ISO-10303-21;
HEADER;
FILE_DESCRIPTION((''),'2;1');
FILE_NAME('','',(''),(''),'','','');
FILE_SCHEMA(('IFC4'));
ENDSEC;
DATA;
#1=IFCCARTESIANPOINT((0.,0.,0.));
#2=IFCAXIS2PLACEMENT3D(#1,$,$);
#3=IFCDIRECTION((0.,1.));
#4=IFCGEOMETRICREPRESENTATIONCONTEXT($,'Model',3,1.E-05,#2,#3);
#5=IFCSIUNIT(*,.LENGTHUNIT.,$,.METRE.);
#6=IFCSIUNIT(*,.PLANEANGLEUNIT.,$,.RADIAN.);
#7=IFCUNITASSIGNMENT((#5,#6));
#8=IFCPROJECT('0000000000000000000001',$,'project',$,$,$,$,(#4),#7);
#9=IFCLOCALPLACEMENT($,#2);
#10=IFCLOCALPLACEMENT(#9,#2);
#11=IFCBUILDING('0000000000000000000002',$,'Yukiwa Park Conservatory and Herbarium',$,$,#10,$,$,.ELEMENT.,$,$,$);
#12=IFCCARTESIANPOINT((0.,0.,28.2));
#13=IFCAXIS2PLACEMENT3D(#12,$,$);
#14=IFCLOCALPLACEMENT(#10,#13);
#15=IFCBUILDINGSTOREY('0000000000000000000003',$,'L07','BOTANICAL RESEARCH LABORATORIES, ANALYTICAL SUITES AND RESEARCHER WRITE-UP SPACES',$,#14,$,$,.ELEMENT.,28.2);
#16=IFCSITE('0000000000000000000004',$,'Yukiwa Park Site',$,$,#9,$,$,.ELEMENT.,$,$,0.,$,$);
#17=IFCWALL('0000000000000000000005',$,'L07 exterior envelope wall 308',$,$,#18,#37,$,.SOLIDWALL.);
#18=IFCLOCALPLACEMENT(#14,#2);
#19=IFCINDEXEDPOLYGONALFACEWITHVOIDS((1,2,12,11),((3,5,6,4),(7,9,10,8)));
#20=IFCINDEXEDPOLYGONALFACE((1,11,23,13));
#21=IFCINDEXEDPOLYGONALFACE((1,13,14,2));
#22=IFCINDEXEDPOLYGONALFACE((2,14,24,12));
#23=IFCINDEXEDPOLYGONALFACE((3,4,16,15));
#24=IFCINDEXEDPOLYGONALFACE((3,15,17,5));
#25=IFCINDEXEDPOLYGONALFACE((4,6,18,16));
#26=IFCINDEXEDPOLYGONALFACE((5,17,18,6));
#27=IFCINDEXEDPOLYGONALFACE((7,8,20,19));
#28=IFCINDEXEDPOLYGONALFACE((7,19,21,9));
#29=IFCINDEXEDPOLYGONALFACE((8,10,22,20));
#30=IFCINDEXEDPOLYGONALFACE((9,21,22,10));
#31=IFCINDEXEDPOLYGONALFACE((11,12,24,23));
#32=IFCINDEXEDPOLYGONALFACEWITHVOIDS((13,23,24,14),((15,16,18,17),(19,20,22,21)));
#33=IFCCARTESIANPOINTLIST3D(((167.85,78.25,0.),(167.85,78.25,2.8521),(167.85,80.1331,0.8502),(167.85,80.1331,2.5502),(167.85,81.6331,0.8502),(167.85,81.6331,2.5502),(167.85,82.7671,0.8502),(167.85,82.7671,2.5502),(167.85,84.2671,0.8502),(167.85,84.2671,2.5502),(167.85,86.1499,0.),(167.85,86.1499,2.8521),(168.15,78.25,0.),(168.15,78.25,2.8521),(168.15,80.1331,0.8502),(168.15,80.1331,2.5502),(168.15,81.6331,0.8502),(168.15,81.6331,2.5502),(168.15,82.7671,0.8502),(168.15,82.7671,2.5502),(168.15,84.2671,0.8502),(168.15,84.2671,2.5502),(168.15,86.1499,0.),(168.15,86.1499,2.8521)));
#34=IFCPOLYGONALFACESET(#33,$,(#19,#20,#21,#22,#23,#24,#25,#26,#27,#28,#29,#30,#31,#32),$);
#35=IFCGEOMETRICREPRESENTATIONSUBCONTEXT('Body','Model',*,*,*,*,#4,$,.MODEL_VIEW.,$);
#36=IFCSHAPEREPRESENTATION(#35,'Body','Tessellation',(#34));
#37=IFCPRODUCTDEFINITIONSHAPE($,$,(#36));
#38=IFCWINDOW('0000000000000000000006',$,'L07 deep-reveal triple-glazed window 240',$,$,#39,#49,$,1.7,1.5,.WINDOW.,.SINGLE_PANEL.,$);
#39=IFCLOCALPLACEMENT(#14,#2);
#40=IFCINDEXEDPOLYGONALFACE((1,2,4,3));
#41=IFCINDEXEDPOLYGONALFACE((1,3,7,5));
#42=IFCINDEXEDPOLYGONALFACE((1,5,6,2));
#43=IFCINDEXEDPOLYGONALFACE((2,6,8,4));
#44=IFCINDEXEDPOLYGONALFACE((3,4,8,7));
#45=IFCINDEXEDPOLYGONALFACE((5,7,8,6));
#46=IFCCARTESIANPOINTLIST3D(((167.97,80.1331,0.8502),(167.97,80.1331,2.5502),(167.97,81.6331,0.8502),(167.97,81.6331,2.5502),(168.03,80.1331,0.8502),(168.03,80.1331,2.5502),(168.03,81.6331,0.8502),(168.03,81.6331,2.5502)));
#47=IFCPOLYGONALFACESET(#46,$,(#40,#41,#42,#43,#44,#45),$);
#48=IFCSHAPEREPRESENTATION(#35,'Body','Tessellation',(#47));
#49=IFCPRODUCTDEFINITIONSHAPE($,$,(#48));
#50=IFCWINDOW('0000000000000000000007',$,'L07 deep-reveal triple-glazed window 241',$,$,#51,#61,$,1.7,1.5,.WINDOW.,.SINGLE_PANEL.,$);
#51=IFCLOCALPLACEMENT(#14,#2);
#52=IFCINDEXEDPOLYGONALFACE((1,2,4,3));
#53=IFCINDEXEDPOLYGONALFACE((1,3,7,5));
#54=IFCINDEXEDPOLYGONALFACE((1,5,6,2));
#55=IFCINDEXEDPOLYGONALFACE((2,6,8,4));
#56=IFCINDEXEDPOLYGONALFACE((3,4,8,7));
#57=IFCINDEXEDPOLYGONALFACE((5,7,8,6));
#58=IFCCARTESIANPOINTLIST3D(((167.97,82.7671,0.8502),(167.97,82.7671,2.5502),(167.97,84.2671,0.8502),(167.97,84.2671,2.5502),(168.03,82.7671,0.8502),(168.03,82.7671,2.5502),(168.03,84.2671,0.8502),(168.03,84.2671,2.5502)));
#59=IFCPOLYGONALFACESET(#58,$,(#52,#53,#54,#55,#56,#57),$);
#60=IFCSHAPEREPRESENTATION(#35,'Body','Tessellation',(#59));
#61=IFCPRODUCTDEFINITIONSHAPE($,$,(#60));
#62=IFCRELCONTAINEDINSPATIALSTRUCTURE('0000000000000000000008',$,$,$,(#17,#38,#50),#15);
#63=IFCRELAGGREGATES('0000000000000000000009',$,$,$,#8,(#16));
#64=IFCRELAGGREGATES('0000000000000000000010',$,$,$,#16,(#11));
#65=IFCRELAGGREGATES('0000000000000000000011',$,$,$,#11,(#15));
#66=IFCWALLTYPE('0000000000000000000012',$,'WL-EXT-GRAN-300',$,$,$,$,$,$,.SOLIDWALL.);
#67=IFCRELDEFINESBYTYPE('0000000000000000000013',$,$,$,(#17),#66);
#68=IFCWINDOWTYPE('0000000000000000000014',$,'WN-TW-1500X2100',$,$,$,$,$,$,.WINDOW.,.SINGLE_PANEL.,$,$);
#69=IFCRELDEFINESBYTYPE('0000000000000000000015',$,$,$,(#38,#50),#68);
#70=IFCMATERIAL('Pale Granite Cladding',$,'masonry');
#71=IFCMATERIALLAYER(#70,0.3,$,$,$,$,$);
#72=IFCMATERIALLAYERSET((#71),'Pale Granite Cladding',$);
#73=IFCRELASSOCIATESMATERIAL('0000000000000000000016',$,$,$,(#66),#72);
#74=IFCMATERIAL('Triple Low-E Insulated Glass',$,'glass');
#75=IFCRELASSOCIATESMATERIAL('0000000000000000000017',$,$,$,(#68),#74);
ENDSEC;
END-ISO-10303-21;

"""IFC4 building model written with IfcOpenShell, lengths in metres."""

from ifc_helpers import new_model, si_unit, direction, frame, frame_2d, origin, place, context, subcontext, project, spatial, rectangle, extrude, material, layer, layer_set, type_object, element, fill, save


model = new_model("IFC4")

# Units and contexts
model_context = context("Model", 3, precision=1e-05, world=origin(), true_north=direction((0.0, 1.0)))
body_context = subcontext(model_context, "Body", "Model", "MODEL_VIEW")
ifc_project = project(units=[si_unit("LENGTHUNIT", "METRE"), si_unit("PLANEANGLEUNIT", "RADIAN")], contexts=[model_context])

# Site, building, storey
site_placement = place(None, origin())
site = spatial("IfcSite", under=ifc_project, at=site_placement, Name="Yukiwa Park Site", CompositionType="ELEMENT", RefElevation=0.0)
building_placement = place(site_placement, origin())
building = spatial("IfcBuilding", under=site, at=building_placement, Name="Yukiwa Park Conservatory and Herbarium", CompositionType="ELEMENT")
storey_placement = place(building_placement, frame((0.0, 0.0, 28.2)))
storey = spatial("IfcBuildingStorey", under=building, at=storey_placement, Name="L07", Description="BOTANICAL RESEARCH LABORATORIES, ANALYTICAL SUITES AND RESEARCHER WRITE-UP SPACES", CompositionType="ELEMENT", Elevation=28.2)

# Shared definitions
ifc_material_1 = material(Name="Pale Granite Cladding", Category="masonry")
ifc_layer_1 = layer(ifc_material_1, 0.3)
ifc_layer_set_1 = layer_set([ifc_layer_1], Name="Pale Granite Cladding")
wall_type = type_object("IfcWallType", Name="WL-EXT-GRAN-300", PredefinedType="SOLIDWALL", material=ifc_layer_set_1)

# Wall, openings, windows
wall_1_placement = place(storey_placement, frame((168.0, 78.25, 0.0), z_axis=(0.0, 0.0, 1.0), x_axis=(0.0, 1.0, 0.0)))
wall_1 = element("IfcWall", 1, at=wall_1_placement, inside=storey, type_object=wall_type, Name="L07 exterior envelope wall 308", PredefinedType="SOLIDWALL", context=body_context, shape_type="SweptSolid", body=[
    extrude(rectangle(XDim=7.8999, YDim=0.3, at=frame_2d((3.95, 0.0))), origin(), (0.0, 0.0, 1.0), 2.8521),
])
opening_1_placement = place(wall_1_placement, frame((1.8831, 0.0, 0.8501)))
opening_1 = element("IfcOpeningElement", 2, at=opening_1_placement, cuts=wall_1, PredefinedType="OPENING", context=body_context, shape_type="SweptSolid", body=[
    extrude(rectangle(XDim=1.5, YDim=1.7, at=frame_2d((0.75, 0.8501))), frame((0.0, 0.1602, 0.0), z_axis=(0.0, -1.0, 0.0), x_axis=(1.0, 0.0, 0.0)), (0.0, 0.0, 1.0), 0.3201),
])
opening_2_placement = place(wall_1_placement, frame((4.5171, 0.0, 0.8501)))
opening_2 = element("IfcOpeningElement", 3, at=opening_2_placement, cuts=wall_1, PredefinedType="OPENING", context=body_context, shape_type="SweptSolid", body=[
    extrude(rectangle(XDim=1.5, YDim=1.7, at=frame_2d((0.75, 0.8501))), frame((0.0, 0.1602, 0.0), z_axis=(0.0, -1.0, 0.0), x_axis=(1.0, 0.0, 0.0)), (0.0, 0.0, 1.0), 0.3201),
])
ifc_material_2 = material(Name="Triple Low-E Insulated Glass", Category="glass")
window_type = type_object("IfcWindowType", Name="WN-TW-1500X2100", PartitioningType="SINGLE_PANEL", PredefinedType="WINDOW", material=ifc_material_2)
window_1_placement = place(opening_1_placement, origin())
window_1 = element("IfcWindow", 4, at=window_1_placement, inside=storey, type_object=window_type, Name="L07 deep-reveal triple-glazed window 240", OverallHeight=1.7, OverallWidth=1.5, PartitioningType="SINGLE_PANEL", PredefinedType="WINDOW", context=body_context, shape_type="SweptSolid", body=[
    extrude(rectangle(XDim=1.5, YDim=1.7, at=frame_2d((0.75, 0.8501))), frame((0.0, 0.03, 0.0), z_axis=(0.0, -1.0, 0.0), x_axis=(1.0, 0.0, 0.0)), (0.0, 0.0, 1.0), 0.0601),
])
fill(opening_1, window_1)
window_2_placement = place(opening_2_placement, origin())
window_2 = element("IfcWindow", 5, at=window_2_placement, inside=storey, type_object=window_type, Name="L07 deep-reveal triple-glazed window 241", OverallHeight=1.7, OverallWidth=1.5, PartitioningType="SINGLE_PANEL", PredefinedType="WINDOW", context=body_context, shape_type="SweptSolid", body=[
    extrude(rectangle(XDim=1.5, YDim=1.7, at=frame_2d((0.75, 0.8501))), frame((0.0, 0.03, 0.0), z_axis=(0.0, -1.0, 0.0), x_axis=(1.0, 0.0, 0.0)), (0.0, 0.0, 1.0), 0.0601),
])
fill(opening_2, window_2)

save(model, "model.ifc")
